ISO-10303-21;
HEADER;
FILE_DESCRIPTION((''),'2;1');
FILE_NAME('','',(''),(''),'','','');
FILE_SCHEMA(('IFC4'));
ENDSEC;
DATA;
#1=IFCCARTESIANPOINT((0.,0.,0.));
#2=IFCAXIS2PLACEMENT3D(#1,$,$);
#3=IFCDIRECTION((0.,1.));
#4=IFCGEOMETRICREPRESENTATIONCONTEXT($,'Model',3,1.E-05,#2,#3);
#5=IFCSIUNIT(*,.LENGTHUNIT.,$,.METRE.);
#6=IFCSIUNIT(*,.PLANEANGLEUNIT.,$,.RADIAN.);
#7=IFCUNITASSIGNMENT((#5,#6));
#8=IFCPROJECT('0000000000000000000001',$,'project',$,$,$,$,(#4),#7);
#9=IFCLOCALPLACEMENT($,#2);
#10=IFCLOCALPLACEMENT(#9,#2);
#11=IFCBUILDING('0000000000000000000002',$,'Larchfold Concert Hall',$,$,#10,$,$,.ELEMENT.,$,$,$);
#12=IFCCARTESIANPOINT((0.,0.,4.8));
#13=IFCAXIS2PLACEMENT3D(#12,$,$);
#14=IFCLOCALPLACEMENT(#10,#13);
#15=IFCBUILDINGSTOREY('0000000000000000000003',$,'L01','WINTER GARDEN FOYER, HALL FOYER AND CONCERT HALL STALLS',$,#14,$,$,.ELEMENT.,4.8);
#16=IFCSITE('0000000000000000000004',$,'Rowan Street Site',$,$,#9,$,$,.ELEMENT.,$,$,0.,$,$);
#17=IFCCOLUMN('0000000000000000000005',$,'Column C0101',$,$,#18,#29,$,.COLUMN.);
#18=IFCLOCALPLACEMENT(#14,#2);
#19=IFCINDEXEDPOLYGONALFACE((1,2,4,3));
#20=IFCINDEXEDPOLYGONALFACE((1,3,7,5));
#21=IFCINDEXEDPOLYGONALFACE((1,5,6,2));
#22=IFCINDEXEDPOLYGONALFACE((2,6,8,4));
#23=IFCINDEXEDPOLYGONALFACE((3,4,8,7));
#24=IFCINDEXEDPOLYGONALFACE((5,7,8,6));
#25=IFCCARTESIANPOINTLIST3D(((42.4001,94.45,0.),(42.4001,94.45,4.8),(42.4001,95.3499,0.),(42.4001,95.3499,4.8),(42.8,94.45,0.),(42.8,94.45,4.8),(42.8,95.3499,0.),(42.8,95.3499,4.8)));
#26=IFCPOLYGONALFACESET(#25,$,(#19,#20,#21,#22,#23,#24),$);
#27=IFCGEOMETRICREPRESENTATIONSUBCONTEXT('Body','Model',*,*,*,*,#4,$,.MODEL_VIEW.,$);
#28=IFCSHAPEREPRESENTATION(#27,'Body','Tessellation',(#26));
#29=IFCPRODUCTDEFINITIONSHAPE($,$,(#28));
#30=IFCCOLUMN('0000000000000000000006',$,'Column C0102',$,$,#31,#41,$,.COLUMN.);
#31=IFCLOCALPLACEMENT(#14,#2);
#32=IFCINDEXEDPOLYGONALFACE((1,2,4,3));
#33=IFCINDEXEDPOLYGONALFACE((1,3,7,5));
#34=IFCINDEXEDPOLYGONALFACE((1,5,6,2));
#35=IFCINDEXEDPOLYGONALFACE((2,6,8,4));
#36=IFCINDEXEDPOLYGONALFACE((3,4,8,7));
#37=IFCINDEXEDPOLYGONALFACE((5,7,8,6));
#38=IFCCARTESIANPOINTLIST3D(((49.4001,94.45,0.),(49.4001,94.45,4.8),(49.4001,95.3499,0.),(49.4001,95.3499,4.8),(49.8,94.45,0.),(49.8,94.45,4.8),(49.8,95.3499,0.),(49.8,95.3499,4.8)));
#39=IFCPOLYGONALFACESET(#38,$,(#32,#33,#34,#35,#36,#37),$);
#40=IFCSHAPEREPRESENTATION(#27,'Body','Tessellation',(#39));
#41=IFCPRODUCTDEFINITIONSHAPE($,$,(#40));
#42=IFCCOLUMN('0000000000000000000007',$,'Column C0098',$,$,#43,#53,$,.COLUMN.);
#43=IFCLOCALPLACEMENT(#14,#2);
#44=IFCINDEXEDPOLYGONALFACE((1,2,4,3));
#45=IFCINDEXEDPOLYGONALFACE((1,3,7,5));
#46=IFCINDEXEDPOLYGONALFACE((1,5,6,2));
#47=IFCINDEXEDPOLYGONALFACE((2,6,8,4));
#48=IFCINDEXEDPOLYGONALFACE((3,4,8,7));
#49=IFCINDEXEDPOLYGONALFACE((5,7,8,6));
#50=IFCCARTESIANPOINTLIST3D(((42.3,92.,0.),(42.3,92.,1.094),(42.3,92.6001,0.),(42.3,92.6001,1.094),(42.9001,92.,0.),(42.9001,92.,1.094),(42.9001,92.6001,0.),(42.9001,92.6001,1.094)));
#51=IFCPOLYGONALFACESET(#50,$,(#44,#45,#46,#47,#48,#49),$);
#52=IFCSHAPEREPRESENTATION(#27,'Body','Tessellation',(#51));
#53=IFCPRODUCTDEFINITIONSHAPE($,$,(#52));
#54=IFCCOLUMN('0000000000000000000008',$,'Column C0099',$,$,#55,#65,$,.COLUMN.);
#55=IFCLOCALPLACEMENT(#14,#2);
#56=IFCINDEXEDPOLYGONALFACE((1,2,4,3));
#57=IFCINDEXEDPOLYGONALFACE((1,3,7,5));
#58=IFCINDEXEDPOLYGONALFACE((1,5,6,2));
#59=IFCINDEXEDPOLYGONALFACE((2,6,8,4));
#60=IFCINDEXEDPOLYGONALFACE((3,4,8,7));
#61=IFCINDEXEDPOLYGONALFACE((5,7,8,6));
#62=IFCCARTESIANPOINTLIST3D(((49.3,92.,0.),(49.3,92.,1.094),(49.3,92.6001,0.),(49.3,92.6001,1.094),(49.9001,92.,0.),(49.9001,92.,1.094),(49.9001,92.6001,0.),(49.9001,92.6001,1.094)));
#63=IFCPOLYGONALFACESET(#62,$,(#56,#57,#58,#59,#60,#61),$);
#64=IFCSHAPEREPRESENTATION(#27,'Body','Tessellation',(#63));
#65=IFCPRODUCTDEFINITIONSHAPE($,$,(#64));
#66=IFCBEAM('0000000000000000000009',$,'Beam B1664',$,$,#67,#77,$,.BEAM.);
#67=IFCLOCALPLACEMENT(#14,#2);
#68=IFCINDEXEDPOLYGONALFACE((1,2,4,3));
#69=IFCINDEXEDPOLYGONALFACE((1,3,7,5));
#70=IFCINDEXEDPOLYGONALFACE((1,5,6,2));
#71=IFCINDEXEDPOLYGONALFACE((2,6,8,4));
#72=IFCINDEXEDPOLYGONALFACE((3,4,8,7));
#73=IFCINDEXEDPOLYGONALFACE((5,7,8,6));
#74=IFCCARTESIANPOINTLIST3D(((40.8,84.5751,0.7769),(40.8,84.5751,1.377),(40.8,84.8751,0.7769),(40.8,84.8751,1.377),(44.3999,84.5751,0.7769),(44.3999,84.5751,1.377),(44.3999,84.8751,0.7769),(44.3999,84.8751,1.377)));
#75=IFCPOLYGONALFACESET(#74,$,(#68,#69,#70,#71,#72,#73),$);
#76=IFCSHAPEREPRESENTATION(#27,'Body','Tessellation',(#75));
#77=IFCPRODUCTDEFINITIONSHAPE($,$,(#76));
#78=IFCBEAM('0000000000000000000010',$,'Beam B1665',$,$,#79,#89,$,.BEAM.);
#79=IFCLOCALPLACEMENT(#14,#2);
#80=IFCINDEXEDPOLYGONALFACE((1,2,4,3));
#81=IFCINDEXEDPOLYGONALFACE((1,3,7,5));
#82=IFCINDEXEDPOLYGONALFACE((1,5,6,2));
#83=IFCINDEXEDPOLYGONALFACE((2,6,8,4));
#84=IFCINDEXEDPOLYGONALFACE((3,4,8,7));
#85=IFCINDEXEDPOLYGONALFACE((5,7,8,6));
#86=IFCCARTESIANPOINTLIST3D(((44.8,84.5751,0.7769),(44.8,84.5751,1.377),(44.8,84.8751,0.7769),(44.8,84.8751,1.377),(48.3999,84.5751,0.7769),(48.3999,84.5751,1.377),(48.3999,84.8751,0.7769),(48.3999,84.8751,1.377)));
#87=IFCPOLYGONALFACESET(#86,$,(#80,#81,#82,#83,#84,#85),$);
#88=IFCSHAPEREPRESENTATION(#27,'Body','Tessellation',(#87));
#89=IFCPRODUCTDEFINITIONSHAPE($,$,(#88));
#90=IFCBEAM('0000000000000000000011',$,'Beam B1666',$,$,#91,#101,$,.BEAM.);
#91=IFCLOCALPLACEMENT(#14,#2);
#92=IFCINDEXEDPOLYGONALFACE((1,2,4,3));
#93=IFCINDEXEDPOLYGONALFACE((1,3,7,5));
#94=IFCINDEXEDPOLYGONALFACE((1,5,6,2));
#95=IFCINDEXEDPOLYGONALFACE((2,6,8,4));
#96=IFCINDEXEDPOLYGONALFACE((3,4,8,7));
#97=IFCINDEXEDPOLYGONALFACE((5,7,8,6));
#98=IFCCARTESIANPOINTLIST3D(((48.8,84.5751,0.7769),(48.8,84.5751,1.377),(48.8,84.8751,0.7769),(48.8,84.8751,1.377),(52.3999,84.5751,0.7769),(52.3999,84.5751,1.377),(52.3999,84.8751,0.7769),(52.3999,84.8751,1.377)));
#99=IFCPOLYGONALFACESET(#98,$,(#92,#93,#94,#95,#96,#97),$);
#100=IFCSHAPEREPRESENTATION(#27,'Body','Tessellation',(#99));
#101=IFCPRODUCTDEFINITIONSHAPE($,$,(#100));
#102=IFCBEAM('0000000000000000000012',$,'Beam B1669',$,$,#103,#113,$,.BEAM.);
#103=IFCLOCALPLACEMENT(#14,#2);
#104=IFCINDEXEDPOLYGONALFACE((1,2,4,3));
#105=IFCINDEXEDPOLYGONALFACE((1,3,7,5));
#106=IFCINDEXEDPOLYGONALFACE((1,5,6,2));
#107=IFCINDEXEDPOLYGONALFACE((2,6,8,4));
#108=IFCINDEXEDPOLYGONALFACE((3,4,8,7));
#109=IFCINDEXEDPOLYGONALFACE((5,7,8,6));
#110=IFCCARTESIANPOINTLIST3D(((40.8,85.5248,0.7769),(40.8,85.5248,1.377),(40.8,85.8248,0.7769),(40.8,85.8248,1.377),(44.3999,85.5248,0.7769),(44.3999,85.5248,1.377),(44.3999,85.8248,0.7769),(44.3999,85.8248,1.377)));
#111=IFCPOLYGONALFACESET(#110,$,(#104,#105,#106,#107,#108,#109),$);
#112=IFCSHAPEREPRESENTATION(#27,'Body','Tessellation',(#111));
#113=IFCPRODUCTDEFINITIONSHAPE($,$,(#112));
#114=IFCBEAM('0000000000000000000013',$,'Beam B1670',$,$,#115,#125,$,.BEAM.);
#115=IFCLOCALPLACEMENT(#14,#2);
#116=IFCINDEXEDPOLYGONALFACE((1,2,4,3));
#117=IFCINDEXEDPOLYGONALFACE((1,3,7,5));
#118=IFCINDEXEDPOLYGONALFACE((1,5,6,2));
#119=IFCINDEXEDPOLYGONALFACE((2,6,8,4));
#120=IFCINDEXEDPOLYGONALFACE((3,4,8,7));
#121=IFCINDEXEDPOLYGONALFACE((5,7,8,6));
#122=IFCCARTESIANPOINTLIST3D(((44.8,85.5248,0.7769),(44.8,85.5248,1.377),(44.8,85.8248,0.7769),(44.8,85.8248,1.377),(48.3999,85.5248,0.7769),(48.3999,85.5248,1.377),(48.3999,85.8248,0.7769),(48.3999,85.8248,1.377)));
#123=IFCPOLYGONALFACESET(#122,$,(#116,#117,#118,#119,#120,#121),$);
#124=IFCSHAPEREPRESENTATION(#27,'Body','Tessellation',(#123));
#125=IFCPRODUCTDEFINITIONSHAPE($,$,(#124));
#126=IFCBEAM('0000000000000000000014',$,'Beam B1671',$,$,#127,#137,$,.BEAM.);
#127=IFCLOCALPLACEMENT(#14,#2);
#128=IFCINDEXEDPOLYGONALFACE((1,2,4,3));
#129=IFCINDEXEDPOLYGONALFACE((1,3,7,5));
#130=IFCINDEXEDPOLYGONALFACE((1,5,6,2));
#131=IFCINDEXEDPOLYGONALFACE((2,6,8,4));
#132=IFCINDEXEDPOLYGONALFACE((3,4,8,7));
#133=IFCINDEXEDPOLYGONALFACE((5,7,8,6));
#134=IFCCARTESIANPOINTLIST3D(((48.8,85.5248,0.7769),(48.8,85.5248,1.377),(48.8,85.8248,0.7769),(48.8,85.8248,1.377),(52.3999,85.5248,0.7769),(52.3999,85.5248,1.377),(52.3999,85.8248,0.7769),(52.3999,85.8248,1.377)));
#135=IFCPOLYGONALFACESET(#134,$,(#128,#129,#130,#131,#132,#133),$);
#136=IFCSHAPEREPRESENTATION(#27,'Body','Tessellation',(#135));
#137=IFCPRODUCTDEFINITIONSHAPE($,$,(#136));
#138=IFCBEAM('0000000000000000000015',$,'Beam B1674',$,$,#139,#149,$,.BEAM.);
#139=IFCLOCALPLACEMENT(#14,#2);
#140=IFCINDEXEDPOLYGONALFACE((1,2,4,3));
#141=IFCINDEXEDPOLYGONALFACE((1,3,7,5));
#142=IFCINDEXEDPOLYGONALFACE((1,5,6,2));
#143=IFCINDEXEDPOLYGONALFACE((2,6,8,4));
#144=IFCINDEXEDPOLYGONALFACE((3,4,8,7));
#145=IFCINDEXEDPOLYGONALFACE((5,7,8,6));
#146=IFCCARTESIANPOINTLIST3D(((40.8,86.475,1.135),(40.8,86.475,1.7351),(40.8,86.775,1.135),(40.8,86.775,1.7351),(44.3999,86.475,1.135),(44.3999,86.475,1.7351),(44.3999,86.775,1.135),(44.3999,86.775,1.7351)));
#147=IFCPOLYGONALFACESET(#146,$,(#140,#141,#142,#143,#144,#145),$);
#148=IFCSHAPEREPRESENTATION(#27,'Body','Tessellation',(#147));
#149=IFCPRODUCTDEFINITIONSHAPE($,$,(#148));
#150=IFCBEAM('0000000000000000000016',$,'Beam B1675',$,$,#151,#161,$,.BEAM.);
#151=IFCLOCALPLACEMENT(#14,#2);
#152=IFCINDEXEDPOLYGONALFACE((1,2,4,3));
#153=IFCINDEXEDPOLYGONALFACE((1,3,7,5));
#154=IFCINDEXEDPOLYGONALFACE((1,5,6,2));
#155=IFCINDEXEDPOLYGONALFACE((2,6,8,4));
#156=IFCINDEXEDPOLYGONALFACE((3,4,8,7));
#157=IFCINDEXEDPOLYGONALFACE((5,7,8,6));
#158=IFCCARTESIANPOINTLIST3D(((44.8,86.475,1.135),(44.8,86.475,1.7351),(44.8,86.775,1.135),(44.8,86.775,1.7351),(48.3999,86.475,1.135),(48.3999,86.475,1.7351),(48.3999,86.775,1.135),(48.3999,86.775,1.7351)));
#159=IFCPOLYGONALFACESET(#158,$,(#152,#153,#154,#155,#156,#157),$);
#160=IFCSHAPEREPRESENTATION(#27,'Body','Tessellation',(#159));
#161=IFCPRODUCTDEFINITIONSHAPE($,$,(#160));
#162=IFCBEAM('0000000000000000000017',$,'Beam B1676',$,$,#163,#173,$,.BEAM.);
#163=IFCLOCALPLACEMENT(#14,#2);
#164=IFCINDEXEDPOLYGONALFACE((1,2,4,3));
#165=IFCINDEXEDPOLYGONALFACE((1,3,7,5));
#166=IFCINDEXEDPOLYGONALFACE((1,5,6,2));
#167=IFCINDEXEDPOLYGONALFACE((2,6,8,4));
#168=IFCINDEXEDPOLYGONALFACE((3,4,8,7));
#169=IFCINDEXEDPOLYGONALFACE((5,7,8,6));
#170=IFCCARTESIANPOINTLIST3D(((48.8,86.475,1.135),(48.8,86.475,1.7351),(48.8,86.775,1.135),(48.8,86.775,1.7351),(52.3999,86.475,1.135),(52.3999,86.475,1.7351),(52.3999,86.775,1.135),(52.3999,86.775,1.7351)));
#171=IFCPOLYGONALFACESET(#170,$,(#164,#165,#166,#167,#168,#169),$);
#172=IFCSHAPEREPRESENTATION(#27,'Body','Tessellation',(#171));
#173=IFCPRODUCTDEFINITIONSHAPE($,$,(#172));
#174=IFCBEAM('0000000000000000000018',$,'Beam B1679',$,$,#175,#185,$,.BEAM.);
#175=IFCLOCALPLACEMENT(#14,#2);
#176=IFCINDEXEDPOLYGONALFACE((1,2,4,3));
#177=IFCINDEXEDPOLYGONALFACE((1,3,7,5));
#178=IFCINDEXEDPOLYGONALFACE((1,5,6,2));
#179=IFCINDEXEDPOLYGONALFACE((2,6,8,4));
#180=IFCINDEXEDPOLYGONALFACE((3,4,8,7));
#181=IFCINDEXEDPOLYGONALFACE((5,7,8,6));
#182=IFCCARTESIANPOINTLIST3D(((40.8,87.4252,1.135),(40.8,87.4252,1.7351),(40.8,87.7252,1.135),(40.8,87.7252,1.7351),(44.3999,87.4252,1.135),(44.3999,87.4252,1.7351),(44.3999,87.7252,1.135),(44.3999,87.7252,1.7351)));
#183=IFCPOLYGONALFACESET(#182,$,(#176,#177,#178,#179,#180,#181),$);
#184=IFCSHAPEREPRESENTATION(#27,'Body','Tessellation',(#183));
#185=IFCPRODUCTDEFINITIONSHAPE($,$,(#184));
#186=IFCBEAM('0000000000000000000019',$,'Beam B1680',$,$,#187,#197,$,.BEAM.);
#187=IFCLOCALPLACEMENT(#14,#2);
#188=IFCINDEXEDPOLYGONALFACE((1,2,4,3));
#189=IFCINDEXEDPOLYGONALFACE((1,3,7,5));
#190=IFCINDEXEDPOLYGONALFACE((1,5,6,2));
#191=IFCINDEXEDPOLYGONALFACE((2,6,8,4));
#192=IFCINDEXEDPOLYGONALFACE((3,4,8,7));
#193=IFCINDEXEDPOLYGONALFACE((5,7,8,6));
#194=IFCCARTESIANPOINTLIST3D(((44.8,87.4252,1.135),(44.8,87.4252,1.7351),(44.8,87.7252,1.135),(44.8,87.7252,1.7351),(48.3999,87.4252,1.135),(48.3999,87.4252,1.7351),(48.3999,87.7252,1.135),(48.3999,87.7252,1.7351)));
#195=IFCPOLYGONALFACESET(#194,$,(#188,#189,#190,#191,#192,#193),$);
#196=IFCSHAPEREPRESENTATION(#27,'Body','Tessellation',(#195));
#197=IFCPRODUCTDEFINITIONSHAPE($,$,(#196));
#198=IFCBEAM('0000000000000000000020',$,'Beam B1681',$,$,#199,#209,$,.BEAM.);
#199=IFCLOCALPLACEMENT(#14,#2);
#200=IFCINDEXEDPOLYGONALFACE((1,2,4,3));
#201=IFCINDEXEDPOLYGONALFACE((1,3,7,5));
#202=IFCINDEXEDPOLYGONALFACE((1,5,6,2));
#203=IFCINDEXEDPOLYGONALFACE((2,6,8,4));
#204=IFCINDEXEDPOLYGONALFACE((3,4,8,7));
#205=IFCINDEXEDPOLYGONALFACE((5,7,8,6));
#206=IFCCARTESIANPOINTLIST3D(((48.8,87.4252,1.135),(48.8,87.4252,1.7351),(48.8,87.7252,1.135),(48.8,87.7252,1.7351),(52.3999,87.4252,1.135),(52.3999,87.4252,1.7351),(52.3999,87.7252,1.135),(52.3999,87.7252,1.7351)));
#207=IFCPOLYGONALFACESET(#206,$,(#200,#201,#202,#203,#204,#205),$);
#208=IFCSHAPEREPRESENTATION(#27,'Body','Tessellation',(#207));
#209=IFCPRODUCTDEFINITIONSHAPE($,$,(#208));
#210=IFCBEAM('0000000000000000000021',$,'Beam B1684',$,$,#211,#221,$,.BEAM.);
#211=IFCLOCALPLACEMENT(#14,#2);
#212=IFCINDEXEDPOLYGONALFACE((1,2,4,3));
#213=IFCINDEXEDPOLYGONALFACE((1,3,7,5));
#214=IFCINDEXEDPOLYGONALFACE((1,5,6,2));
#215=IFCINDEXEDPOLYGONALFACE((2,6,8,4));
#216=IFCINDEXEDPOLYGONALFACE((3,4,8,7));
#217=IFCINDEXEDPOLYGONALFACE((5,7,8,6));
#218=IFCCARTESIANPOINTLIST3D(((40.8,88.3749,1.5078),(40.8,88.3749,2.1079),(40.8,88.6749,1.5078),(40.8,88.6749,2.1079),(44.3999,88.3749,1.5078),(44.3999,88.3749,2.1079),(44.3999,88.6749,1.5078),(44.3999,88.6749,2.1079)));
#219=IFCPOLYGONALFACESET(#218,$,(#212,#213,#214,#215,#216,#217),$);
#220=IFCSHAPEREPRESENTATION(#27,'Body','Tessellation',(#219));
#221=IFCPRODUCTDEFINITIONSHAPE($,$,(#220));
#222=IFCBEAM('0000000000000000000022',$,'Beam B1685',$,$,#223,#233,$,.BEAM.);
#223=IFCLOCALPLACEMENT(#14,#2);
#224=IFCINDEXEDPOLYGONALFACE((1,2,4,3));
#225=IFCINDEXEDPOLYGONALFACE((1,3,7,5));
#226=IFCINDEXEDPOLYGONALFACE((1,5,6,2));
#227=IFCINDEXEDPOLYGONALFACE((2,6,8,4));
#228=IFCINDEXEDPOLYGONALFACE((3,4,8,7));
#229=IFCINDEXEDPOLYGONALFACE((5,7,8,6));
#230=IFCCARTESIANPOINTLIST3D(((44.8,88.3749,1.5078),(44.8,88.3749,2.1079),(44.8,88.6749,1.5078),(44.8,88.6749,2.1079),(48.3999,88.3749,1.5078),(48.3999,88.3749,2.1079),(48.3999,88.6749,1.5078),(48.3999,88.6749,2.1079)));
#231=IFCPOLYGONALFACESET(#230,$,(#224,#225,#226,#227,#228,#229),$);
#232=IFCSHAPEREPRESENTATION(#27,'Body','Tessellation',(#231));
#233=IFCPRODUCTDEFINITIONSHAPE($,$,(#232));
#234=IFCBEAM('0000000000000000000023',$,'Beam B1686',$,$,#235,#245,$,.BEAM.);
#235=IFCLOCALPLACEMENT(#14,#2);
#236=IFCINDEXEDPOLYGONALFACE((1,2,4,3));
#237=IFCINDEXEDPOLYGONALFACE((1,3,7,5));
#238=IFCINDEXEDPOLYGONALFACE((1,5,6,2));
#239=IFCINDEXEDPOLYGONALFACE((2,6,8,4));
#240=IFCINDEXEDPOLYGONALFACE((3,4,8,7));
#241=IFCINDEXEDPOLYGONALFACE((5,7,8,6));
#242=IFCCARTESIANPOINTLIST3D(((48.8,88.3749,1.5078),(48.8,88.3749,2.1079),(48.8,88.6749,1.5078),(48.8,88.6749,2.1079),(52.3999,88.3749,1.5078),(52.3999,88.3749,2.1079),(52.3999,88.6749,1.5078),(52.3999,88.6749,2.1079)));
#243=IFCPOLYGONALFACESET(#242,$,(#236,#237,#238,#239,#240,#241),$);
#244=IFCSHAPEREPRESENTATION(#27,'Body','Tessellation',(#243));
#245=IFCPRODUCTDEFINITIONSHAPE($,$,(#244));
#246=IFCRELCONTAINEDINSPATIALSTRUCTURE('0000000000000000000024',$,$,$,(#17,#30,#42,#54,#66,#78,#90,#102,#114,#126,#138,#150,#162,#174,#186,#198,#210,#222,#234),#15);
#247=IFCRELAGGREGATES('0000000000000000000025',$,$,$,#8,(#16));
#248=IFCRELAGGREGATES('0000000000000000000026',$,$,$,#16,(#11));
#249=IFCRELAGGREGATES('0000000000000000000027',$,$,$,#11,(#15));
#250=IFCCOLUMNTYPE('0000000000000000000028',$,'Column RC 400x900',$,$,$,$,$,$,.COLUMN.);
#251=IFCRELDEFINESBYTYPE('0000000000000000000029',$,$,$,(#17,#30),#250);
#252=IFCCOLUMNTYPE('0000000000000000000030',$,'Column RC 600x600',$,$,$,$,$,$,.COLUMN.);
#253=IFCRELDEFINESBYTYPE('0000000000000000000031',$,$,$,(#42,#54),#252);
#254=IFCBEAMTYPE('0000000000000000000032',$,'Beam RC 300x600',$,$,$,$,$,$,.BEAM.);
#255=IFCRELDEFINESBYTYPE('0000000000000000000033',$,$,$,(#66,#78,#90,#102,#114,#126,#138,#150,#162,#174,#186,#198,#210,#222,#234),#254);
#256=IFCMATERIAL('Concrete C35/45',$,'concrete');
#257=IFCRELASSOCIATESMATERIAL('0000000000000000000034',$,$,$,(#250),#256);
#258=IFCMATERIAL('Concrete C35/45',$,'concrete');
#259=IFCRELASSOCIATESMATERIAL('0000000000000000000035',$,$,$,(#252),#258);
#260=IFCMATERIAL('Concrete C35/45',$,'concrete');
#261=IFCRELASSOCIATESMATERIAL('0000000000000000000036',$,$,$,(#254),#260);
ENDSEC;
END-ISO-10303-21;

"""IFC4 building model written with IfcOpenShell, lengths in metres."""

from ifc_helpers import new_model, si_unit, direction, frame, origin, origin_2d, place, context, subcontext, project, spatial, rectangle, extrude, material, material_profile, profile_set, type_object, element, save


model = new_model("IFC4")

# Units and contexts
model_context = context("Model", 3, precision=1e-05, world=origin(), true_north=direction((0.0, 1.0)))
body_context = subcontext(model_context, "Body", "Model", "MODEL_VIEW")
ifc_project = project(units=[si_unit("LENGTHUNIT", "METRE"), si_unit("PLANEANGLEUNIT", "RADIAN")], contexts=[model_context])

# Site, building, storey
site_placement = place(None, origin())
site = spatial("IfcSite", under=ifc_project, at=site_placement, Name="Rowan Street Site", CompositionType="ELEMENT", RefElevation=0.0)
building_placement = place(site_placement, origin())
building = spatial("IfcBuilding", under=site, at=building_placement, Name="Larchfold Concert Hall", CompositionType="ELEMENT")
storey_placement = place(building_placement, frame((0.0, 0.0, 4.8)))
storey = spatial("IfcBuildingStorey", under=building, at=storey_placement, Name="L01", Description="WINTER GARDEN FOYER, HALL FOYER AND CONCERT HALL STALLS", CompositionType="ELEMENT", Elevation=4.8)

# Columns
ifc_material_1 = material(Name="Concrete C35/45", Category="concrete")
ifc_material_profile_1 = material_profile(ifc_material_1, rectangle(XDim=0.3999, YDim=0.8999, at=origin_2d()))
ifc_profile_set_1 = profile_set([ifc_material_profile_1], Name="Concrete C35/45")
column_type_1 = type_object("IfcColumnType", Name="Column RC 400x900", PredefinedType="COLUMN", material=ifc_profile_set_1)
for number, where, z_axis, x_axis, name in (
    (1, (42.6001, 94.8999, 0.0), (0.0, 0.0, 1.0), (1.0, 0.0, 0.0), "Column C0101"),
    (2, (49.6001, 94.8999, 0.0), (0.0, 0.0, 1.0), (1.0, 0.0, 0.0), "Column C0102"),
):
    element("IfcColumn", number, at=place(storey_placement, frame(where, z_axis=z_axis, x_axis=x_axis)), inside=storey, type_object=column_type_1, Name=name, PredefinedType="COLUMN", context=body_context, shape_type="SweptSolid", body=[
        extrude(rectangle(XDim=0.3999, YDim=0.8999, at=origin_2d()), origin(), (0.0, 0.0, 1.0), 4.8),
    ])
ifc_material_2 = material(Name="Concrete C35/45", Category="concrete")
ifc_material_profile_2 = material_profile(ifc_material_2, rectangle(XDim=0.6001, YDim=0.6001, at=origin_2d()))
ifc_profile_set_2 = profile_set([ifc_material_profile_2], Name="Concrete C35/45")
column_type_2 = type_object("IfcColumnType", Name="Column RC 600x600", PredefinedType="COLUMN", material=ifc_profile_set_2)
for number, where, z_axis, x_axis, name in (
    (3, (42.6001, 92.3, 0.0), (0.0, 0.0, 1.0), (1.0, 0.0, 0.0), "Column C0098"),
    (4, (49.6001, 92.3, 0.0), (0.0, 0.0, 1.0), (1.0, 0.0, 0.0), "Column C0099"),
):
    element("IfcColumn", number, at=place(storey_placement, frame(where, z_axis=z_axis, x_axis=x_axis)), inside=storey, type_object=column_type_2, Name=name, PredefinedType="COLUMN", context=body_context, shape_type="SweptSolid", body=[
        extrude(rectangle(XDim=0.6001, YDim=0.6001, at=origin_2d()), origin(), (0.0, 0.0, 1.0), 1.094),
    ])

# Beams
ifc_material_3 = material(Name="Concrete C35/45", Category="concrete")
ifc_material_profile_3 = material_profile(ifc_material_3, rectangle(XDim=0.3, YDim=0.6001, at=origin_2d()))
ifc_profile_set_3 = profile_set([ifc_material_profile_3], Name="Concrete C35/45")
beam_type_1 = type_object("IfcBeamType", Name="Beam RC 300x600", PredefinedType="BEAM", material=ifc_profile_set_3)
for number, where, z_axis, x_axis, name in (
    (5, (40.8, 84.7251, 1.0769), (1.0, 0.0, 0.0), (0.0, 1.0, 0.0), "Beam B1664"),
    (6, (44.8, 84.7251, 1.0769), (1.0, 0.0, 0.0), (0.0, 1.0, 0.0), "Beam B1665"),
    (7, (48.8, 84.7251, 1.0769), (1.0, 0.0, 0.0), (0.0, 1.0, 0.0), "Beam B1666"),
    (8, (40.8, 85.6748, 1.0769), (1.0, 0.0, 0.0), (0.0, 1.0, 0.0), "Beam B1669"),
    (9, (44.8, 85.6748, 1.0769), (1.0, 0.0, 0.0), (0.0, 1.0, 0.0), "Beam B1670"),
    (10, (48.8, 85.6748, 1.0769), (1.0, 0.0, 0.0), (0.0, 1.0, 0.0), "Beam B1671"),
    (11, (40.8, 86.625, 1.4351), (1.0, 0.0, 0.0), (0.0, 1.0, 0.0), "Beam B1674"),
    (12, (44.8, 86.625, 1.4351), (1.0, 0.0, 0.0), (0.0, 1.0, 0.0), "Beam B1675"),
    (13, (48.8, 86.625, 1.4351), (1.0, 0.0, 0.0), (0.0, 1.0, 0.0), "Beam B1676"),
    (14, (40.8, 87.5752, 1.4351), (1.0, 0.0, 0.0), (0.0, 1.0, 0.0), "Beam B1679"),
    (15, (44.8, 87.5752, 1.4351), (1.0, 0.0, 0.0), (0.0, 1.0, 0.0), "Beam B1680"),
    (16, (48.8, 87.5752, 1.4351), (1.0, 0.0, 0.0), (0.0, 1.0, 0.0), "Beam B1681"),
    (17, (40.8, 88.5249, 1.8079), (1.0, 0.0, 0.0), (0.0, 1.0, 0.0), "Beam B1684"),
    (18, (44.8, 88.5249, 1.8079), (1.0, 0.0, 0.0), (0.0, 1.0, 0.0), "Beam B1685"),
    (19, (48.8, 88.5249, 1.8079), (1.0, 0.0, 0.0), (0.0, 1.0, 0.0), "Beam B1686"),
):
    element("IfcBeam", number, at=place(storey_placement, frame(where, z_axis=z_axis, x_axis=x_axis)), inside=storey, type_object=beam_type_1, Name=name, PredefinedType="BEAM", context=body_context, shape_type="SweptSolid", body=[
        extrude(rectangle(XDim=0.3, YDim=0.6001, at=origin_2d()), origin(), (0.0, 0.0, 1.0), 3.5999),
    ])

save(model, "model.ifc")
